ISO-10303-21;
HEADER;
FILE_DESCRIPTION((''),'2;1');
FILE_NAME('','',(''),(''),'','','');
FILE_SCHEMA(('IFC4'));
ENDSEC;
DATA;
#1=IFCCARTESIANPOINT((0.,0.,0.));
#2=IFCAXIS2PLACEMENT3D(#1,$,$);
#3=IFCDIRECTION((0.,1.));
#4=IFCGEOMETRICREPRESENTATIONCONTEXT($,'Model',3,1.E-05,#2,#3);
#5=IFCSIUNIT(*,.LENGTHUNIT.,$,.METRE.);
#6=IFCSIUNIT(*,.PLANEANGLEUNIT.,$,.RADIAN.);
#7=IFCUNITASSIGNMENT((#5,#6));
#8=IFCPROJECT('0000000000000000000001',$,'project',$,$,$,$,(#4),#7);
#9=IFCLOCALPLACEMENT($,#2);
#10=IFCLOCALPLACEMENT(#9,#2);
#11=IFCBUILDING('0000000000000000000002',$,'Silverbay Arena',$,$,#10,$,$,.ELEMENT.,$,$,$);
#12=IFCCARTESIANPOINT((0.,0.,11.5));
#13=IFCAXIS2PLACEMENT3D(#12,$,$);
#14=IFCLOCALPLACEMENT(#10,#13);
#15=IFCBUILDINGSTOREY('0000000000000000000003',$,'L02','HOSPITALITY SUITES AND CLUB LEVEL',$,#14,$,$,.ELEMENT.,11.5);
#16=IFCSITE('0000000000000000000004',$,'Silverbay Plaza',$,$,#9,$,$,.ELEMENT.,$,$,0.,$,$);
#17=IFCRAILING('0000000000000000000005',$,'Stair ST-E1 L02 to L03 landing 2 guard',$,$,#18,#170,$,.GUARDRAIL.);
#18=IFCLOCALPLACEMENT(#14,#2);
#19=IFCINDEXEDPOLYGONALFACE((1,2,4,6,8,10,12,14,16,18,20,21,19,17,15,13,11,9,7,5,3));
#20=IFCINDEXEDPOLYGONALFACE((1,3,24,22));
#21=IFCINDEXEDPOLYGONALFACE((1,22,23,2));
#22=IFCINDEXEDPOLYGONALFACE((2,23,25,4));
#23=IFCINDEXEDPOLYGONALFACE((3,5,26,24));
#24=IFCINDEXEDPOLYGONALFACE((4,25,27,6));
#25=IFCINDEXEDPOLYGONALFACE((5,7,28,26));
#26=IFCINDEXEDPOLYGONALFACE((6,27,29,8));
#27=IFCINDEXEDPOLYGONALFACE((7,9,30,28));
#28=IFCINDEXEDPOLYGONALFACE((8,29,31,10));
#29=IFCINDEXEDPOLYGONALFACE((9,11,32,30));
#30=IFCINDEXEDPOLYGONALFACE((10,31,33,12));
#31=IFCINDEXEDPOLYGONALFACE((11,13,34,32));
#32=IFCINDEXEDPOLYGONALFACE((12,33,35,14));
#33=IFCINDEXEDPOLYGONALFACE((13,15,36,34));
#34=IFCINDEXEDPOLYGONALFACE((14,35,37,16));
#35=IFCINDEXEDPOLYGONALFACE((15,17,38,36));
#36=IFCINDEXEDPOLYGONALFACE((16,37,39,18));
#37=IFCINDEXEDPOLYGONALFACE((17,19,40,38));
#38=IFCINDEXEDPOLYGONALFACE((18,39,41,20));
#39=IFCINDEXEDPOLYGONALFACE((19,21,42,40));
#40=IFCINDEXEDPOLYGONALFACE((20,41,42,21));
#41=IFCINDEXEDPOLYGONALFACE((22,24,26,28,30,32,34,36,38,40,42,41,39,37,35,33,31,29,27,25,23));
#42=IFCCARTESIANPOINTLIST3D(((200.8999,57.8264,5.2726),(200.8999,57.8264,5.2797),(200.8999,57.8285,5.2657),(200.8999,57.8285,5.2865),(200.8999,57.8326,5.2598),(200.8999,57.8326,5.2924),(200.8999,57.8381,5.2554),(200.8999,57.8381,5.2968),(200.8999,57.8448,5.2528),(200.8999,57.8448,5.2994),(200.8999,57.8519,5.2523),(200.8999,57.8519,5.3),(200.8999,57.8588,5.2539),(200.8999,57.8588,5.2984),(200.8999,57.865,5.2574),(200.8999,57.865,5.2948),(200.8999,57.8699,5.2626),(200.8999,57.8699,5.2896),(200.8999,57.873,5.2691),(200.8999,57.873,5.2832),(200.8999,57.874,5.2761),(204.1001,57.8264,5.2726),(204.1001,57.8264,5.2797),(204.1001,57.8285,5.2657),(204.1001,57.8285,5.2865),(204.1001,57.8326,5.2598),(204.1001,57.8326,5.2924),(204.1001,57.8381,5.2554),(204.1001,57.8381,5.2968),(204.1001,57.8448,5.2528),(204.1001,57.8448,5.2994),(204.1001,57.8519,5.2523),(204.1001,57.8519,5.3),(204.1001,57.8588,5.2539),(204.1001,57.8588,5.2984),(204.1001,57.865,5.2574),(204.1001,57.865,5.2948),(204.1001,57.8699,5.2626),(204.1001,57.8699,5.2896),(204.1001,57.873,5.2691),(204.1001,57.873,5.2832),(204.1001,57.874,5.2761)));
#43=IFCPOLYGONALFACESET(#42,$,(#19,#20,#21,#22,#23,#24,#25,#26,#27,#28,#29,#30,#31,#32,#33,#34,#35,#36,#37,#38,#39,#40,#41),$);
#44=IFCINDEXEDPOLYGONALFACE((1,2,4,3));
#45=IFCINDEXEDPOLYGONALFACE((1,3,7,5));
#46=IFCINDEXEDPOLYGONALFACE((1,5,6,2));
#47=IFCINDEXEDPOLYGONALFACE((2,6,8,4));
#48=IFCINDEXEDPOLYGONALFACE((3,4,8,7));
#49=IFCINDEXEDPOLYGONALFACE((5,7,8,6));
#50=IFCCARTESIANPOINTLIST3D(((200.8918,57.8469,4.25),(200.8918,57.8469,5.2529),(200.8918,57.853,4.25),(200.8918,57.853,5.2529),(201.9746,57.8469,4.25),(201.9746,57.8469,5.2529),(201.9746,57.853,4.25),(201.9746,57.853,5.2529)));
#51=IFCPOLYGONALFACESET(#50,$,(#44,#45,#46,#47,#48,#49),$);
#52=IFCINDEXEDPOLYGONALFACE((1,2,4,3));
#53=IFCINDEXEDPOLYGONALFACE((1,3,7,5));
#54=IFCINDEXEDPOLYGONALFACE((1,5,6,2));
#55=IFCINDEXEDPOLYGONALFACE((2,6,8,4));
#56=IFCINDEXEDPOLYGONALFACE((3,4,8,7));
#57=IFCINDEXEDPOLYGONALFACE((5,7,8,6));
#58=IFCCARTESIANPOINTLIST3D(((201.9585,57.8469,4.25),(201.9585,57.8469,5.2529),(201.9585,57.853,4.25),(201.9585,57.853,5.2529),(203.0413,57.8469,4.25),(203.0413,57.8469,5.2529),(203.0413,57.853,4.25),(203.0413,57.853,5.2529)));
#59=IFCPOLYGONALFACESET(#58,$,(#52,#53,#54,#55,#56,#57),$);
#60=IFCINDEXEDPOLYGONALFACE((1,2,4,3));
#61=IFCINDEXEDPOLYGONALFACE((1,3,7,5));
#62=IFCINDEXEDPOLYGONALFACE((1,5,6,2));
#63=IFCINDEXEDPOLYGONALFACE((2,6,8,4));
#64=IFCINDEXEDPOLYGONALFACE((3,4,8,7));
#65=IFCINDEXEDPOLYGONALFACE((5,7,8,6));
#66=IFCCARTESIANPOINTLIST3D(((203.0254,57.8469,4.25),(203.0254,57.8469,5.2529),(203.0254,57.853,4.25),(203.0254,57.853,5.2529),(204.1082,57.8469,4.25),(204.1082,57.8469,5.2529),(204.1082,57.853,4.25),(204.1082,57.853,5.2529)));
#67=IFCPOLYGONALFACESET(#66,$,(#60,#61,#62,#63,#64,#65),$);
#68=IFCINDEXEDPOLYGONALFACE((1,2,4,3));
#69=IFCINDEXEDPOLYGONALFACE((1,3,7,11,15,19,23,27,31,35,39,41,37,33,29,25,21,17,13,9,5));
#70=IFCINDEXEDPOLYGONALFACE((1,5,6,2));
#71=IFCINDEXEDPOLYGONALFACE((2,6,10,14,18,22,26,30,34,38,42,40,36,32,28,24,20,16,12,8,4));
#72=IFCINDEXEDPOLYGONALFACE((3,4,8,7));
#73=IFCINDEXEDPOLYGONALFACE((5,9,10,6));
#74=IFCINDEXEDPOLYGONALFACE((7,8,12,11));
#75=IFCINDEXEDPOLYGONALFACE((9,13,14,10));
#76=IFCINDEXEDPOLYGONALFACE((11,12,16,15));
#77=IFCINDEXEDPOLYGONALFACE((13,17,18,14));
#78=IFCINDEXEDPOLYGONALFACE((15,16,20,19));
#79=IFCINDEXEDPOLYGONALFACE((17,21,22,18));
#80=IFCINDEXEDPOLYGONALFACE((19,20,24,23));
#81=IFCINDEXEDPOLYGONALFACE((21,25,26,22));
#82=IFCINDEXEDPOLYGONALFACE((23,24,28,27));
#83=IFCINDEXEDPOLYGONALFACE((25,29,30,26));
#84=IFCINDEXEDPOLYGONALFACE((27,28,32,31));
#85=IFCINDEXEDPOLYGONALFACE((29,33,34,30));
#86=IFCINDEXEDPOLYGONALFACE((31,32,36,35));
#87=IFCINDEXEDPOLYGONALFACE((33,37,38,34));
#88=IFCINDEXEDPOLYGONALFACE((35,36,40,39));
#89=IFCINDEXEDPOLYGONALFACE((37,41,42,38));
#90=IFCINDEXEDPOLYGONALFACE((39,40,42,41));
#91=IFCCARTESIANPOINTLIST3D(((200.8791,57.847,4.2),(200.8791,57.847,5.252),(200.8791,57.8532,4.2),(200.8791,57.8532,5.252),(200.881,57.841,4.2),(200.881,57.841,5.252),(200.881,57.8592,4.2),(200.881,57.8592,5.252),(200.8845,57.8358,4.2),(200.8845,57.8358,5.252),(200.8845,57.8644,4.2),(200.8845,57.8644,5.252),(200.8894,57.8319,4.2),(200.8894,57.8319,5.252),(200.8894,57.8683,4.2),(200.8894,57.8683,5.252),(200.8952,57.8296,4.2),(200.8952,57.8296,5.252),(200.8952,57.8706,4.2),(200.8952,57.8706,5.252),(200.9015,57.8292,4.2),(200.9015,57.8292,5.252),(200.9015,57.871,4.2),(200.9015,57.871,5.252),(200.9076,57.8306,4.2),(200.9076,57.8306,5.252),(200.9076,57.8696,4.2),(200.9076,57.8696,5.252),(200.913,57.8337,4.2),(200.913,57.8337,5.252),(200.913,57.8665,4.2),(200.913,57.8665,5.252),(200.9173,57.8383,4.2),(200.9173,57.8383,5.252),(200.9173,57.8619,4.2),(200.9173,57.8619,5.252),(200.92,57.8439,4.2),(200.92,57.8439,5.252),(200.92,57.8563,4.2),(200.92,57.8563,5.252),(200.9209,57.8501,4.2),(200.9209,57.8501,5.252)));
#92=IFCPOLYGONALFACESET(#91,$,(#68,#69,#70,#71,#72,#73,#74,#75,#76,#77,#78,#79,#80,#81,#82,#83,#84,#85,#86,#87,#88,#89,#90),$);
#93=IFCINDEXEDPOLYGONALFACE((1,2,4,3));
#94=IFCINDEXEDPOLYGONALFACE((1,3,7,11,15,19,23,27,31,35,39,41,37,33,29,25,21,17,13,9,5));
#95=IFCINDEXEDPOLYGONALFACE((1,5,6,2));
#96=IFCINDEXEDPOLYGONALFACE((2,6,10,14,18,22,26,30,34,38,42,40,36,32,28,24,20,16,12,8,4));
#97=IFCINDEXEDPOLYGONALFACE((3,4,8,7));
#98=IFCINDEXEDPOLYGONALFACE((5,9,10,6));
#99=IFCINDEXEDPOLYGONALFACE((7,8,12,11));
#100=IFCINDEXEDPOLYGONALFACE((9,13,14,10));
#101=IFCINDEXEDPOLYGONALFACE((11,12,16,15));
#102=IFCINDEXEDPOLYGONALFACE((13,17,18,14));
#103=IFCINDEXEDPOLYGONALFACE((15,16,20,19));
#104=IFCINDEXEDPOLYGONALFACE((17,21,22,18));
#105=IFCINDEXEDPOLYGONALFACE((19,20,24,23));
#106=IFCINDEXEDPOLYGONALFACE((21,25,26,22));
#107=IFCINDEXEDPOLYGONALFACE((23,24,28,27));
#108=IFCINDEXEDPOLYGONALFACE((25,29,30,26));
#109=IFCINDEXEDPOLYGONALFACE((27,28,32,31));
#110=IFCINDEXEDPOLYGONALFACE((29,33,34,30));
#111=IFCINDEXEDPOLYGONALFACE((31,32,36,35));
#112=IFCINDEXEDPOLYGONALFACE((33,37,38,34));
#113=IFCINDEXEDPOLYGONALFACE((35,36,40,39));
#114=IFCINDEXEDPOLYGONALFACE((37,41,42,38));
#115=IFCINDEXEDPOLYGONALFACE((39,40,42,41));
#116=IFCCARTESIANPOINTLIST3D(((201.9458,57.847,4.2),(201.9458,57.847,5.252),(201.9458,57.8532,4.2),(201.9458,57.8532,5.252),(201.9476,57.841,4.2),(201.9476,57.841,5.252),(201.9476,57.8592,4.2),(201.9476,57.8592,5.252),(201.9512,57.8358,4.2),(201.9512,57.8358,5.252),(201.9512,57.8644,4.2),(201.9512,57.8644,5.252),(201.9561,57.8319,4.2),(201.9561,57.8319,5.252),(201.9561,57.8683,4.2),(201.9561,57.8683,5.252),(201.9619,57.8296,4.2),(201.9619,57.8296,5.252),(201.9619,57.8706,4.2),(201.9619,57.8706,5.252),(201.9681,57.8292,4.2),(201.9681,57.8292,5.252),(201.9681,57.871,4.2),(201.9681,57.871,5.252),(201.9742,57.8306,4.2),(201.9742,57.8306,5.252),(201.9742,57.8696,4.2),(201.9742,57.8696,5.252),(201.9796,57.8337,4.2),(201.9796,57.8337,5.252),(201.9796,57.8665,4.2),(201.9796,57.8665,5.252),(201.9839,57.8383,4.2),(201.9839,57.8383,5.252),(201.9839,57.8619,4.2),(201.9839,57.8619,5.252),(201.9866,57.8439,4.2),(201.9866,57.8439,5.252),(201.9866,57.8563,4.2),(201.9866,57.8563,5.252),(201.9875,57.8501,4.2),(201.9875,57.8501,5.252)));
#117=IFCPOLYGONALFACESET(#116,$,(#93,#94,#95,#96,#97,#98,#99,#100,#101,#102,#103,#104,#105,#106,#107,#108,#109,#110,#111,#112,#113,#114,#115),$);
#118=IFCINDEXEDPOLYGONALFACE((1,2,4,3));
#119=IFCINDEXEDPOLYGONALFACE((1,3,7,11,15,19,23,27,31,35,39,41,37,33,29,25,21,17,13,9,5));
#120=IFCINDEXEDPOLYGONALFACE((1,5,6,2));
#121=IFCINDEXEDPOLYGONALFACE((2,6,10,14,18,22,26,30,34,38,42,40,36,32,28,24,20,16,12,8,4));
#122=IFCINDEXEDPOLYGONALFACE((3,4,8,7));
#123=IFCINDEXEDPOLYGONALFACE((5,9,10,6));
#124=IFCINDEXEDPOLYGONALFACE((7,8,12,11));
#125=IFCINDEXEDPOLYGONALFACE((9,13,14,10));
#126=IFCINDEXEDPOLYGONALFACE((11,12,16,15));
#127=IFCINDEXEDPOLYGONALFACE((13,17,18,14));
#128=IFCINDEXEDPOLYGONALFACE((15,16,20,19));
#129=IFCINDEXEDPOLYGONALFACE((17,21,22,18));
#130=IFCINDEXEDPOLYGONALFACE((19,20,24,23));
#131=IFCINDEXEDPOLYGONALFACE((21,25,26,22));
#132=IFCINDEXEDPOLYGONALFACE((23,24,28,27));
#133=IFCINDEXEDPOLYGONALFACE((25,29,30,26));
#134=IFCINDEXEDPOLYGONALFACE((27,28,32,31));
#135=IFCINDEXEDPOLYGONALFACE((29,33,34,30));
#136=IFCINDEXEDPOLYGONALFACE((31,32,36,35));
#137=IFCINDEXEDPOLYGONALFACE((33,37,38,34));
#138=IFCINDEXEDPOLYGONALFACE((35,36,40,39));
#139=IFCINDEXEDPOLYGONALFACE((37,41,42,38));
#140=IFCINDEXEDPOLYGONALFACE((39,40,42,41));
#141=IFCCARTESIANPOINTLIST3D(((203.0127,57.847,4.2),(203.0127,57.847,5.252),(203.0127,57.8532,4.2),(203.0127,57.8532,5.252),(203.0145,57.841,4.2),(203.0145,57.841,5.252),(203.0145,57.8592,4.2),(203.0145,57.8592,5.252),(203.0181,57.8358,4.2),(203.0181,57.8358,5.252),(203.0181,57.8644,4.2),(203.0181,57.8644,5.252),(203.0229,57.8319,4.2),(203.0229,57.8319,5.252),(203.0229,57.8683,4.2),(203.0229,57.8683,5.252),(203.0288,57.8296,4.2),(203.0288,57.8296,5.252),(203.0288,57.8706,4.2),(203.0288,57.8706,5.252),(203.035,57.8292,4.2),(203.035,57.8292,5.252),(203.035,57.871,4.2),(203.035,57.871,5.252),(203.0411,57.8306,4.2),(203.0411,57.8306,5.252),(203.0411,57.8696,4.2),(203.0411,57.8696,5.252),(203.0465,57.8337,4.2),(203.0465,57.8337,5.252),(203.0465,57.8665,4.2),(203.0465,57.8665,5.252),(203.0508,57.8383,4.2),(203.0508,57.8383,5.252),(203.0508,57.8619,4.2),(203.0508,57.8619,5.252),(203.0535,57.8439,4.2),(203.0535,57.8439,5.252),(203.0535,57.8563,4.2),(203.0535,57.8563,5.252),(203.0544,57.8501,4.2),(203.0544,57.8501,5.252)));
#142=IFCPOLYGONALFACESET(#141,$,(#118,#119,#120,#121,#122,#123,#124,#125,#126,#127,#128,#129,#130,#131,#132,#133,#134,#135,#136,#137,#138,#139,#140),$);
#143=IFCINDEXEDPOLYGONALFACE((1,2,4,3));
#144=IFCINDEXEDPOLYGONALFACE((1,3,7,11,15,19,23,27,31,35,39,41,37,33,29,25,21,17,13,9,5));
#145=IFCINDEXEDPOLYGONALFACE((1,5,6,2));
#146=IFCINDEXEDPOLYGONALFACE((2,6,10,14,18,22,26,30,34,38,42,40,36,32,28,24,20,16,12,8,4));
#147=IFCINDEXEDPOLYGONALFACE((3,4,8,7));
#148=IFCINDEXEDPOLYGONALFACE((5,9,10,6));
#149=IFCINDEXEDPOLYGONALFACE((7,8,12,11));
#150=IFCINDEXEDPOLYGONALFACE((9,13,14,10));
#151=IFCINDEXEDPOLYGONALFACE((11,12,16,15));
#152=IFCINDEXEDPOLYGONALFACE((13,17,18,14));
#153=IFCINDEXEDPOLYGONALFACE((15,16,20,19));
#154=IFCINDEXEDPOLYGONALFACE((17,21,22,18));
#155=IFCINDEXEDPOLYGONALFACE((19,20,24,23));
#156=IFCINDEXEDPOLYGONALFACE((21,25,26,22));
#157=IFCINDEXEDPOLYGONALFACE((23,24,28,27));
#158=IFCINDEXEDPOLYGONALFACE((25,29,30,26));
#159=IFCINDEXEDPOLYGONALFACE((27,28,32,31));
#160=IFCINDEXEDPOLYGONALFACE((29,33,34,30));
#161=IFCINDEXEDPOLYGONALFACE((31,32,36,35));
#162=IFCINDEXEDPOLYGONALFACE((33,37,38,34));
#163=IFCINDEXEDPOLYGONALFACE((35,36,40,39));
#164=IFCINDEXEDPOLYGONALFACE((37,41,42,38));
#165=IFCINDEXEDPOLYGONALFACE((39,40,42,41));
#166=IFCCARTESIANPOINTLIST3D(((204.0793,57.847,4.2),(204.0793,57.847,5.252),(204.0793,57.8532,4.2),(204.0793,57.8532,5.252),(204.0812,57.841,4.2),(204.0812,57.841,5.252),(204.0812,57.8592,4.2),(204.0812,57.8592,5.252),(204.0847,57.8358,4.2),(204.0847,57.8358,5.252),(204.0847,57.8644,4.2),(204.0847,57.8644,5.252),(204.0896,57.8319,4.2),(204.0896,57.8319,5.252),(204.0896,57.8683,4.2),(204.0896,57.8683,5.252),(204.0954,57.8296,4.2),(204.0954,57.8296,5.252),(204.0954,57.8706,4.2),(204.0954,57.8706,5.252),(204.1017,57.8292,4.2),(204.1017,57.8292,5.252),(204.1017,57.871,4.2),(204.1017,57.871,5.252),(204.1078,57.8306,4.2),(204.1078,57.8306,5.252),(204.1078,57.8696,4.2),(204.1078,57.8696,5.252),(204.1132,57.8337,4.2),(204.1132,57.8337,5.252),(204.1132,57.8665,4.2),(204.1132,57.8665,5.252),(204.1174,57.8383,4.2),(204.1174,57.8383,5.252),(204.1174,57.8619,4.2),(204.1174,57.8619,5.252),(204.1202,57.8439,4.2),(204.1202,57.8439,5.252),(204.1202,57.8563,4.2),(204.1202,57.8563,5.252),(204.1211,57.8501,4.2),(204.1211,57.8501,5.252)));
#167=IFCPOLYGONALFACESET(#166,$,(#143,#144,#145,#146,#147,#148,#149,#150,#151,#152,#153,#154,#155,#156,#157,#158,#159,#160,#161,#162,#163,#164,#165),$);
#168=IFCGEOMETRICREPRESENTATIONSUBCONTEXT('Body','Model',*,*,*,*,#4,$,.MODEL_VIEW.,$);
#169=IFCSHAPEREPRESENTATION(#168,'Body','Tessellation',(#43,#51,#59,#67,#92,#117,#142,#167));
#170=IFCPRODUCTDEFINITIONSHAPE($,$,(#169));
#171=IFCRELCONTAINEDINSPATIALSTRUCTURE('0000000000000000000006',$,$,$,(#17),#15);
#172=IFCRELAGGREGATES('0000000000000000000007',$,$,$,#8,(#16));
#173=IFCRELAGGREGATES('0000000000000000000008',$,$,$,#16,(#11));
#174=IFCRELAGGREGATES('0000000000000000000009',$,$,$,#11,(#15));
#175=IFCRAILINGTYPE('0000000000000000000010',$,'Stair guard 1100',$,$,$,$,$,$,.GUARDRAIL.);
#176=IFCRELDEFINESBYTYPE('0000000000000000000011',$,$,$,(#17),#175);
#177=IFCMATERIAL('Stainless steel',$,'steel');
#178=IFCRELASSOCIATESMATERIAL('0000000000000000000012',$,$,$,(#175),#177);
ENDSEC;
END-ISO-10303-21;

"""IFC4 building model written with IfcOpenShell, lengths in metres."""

from ifc_helpers import new_model, si_unit, direction, frame, origin, origin_2d, place, context, subcontext, project, spatial, polyline, circle, outline, extrude, material, type_object, element, save


model = new_model("IFC4")

# Units and contexts
model_context = context("Model", 3, precision=1e-05, world=origin(), true_north=direction((0.0, 1.0)))
body_context = subcontext(model_context, "Body", "Model", "MODEL_VIEW")
ifc_project = project(units=[si_unit("LENGTHUNIT", "METRE"), si_unit("PLANEANGLEUNIT", "RADIAN")], contexts=[model_context])

# Site, building, storey
site_placement = place(None, origin())
site = spatial("IfcSite", under=ifc_project, at=site_placement, Name="Silverbay Plaza", CompositionType="ELEMENT", RefElevation=0.0)
building_placement = place(site_placement, origin())
building = spatial("IfcBuilding", under=site, at=building_placement, Name="Silverbay Arena", CompositionType="ELEMENT")
storey_placement = place(building_placement, frame((0.0, 0.0, 11.5)))
storey = spatial("IfcBuildingStorey", under=building, at=storey_placement, Name="L02", Description="HOSPITALITY SUITES AND CLUB LEVEL", CompositionType="ELEMENT", Elevation=11.5)

# Railing
ifc_material_1 = material(Name="Stainless steel", Category="steel")
railing_type_1 = type_object("IfcRailingType", Name="Stair guard 1100", PredefinedType="GUARDRAIL", material=ifc_material_1)
for number, where, name in (
    (1, (200.8999, 57.8501, 4.2), "Stair ST-E1 L02 to L03 landing 2 guard"),
):
    element("IfcRailing", number, at=place(storey_placement, frame(where)), inside=storey, type_object=railing_type_1, Name=name, PredefinedType="GUARDRAIL", context=body_context, shape_type="SweptSolid", body=[
        extrude(circle(Radius=0.0239, at=origin_2d()), frame((0.0, 0.0, 1.0762), z_axis=(1.0, 0.0, 0.0), x_axis=(0.0, 1.0, 0.0)), (0.0, 0.0, 1.0), 3.2002),
        extrude(outline(polyline([(-0.0081, 0.05), (1.0747, 0.05), (1.0747, 1.053), (-0.0081, 1.053), (-0.0081, 0.05)])), frame((0.0, 0.0029, 0.0), z_axis=(0.0, -1.0, 0.0), x_axis=(1.0, 0.0, 0.0)), (0.0, 0.0, 1.0), 0.0061),
        extrude(outline(polyline([(-0.0081, 0.05), (1.0747, 0.05), (1.0747, 1.053), (-0.0081, 1.053), (-0.0081, 0.05)])), frame((1.0667, 0.0029, 0.0), z_axis=(0.0, -1.0, 0.0), x_axis=(1.0, 0.0, 0.0)), (0.0, 0.0, 1.0), 0.0061),
        extrude(outline(polyline([(-0.0081, 0.05), (1.0747, 0.05), (1.0747, 1.053), (-0.0081, 1.053), (-0.0081, 0.05)])), frame((2.1335, 0.0029, 0.0), z_axis=(0.0, -1.0, 0.0), x_axis=(1.0, 0.0, 0.0)), (0.0, 0.0, 1.0), 0.0061),
        extrude(circle(Radius=0.021, at=origin_2d()), origin(), (0.0, 0.0, 1.0), 1.052),
        extrude(circle(Radius=0.021, at=origin_2d()), frame((1.0667, 0.0, 0.0)), (0.0, 0.0, 1.0), 1.052),
        extrude(circle(Radius=0.021, at=origin_2d()), frame((2.1335, 0.0, 0.0)), (0.0, 0.0, 1.0), 1.052),
        extrude(circle(Radius=0.021, at=origin_2d()), frame((3.2002, 0.0, 0.0)), (0.0, 0.0, 1.0), 1.052),
    ])

save(model, "model.ifc")
